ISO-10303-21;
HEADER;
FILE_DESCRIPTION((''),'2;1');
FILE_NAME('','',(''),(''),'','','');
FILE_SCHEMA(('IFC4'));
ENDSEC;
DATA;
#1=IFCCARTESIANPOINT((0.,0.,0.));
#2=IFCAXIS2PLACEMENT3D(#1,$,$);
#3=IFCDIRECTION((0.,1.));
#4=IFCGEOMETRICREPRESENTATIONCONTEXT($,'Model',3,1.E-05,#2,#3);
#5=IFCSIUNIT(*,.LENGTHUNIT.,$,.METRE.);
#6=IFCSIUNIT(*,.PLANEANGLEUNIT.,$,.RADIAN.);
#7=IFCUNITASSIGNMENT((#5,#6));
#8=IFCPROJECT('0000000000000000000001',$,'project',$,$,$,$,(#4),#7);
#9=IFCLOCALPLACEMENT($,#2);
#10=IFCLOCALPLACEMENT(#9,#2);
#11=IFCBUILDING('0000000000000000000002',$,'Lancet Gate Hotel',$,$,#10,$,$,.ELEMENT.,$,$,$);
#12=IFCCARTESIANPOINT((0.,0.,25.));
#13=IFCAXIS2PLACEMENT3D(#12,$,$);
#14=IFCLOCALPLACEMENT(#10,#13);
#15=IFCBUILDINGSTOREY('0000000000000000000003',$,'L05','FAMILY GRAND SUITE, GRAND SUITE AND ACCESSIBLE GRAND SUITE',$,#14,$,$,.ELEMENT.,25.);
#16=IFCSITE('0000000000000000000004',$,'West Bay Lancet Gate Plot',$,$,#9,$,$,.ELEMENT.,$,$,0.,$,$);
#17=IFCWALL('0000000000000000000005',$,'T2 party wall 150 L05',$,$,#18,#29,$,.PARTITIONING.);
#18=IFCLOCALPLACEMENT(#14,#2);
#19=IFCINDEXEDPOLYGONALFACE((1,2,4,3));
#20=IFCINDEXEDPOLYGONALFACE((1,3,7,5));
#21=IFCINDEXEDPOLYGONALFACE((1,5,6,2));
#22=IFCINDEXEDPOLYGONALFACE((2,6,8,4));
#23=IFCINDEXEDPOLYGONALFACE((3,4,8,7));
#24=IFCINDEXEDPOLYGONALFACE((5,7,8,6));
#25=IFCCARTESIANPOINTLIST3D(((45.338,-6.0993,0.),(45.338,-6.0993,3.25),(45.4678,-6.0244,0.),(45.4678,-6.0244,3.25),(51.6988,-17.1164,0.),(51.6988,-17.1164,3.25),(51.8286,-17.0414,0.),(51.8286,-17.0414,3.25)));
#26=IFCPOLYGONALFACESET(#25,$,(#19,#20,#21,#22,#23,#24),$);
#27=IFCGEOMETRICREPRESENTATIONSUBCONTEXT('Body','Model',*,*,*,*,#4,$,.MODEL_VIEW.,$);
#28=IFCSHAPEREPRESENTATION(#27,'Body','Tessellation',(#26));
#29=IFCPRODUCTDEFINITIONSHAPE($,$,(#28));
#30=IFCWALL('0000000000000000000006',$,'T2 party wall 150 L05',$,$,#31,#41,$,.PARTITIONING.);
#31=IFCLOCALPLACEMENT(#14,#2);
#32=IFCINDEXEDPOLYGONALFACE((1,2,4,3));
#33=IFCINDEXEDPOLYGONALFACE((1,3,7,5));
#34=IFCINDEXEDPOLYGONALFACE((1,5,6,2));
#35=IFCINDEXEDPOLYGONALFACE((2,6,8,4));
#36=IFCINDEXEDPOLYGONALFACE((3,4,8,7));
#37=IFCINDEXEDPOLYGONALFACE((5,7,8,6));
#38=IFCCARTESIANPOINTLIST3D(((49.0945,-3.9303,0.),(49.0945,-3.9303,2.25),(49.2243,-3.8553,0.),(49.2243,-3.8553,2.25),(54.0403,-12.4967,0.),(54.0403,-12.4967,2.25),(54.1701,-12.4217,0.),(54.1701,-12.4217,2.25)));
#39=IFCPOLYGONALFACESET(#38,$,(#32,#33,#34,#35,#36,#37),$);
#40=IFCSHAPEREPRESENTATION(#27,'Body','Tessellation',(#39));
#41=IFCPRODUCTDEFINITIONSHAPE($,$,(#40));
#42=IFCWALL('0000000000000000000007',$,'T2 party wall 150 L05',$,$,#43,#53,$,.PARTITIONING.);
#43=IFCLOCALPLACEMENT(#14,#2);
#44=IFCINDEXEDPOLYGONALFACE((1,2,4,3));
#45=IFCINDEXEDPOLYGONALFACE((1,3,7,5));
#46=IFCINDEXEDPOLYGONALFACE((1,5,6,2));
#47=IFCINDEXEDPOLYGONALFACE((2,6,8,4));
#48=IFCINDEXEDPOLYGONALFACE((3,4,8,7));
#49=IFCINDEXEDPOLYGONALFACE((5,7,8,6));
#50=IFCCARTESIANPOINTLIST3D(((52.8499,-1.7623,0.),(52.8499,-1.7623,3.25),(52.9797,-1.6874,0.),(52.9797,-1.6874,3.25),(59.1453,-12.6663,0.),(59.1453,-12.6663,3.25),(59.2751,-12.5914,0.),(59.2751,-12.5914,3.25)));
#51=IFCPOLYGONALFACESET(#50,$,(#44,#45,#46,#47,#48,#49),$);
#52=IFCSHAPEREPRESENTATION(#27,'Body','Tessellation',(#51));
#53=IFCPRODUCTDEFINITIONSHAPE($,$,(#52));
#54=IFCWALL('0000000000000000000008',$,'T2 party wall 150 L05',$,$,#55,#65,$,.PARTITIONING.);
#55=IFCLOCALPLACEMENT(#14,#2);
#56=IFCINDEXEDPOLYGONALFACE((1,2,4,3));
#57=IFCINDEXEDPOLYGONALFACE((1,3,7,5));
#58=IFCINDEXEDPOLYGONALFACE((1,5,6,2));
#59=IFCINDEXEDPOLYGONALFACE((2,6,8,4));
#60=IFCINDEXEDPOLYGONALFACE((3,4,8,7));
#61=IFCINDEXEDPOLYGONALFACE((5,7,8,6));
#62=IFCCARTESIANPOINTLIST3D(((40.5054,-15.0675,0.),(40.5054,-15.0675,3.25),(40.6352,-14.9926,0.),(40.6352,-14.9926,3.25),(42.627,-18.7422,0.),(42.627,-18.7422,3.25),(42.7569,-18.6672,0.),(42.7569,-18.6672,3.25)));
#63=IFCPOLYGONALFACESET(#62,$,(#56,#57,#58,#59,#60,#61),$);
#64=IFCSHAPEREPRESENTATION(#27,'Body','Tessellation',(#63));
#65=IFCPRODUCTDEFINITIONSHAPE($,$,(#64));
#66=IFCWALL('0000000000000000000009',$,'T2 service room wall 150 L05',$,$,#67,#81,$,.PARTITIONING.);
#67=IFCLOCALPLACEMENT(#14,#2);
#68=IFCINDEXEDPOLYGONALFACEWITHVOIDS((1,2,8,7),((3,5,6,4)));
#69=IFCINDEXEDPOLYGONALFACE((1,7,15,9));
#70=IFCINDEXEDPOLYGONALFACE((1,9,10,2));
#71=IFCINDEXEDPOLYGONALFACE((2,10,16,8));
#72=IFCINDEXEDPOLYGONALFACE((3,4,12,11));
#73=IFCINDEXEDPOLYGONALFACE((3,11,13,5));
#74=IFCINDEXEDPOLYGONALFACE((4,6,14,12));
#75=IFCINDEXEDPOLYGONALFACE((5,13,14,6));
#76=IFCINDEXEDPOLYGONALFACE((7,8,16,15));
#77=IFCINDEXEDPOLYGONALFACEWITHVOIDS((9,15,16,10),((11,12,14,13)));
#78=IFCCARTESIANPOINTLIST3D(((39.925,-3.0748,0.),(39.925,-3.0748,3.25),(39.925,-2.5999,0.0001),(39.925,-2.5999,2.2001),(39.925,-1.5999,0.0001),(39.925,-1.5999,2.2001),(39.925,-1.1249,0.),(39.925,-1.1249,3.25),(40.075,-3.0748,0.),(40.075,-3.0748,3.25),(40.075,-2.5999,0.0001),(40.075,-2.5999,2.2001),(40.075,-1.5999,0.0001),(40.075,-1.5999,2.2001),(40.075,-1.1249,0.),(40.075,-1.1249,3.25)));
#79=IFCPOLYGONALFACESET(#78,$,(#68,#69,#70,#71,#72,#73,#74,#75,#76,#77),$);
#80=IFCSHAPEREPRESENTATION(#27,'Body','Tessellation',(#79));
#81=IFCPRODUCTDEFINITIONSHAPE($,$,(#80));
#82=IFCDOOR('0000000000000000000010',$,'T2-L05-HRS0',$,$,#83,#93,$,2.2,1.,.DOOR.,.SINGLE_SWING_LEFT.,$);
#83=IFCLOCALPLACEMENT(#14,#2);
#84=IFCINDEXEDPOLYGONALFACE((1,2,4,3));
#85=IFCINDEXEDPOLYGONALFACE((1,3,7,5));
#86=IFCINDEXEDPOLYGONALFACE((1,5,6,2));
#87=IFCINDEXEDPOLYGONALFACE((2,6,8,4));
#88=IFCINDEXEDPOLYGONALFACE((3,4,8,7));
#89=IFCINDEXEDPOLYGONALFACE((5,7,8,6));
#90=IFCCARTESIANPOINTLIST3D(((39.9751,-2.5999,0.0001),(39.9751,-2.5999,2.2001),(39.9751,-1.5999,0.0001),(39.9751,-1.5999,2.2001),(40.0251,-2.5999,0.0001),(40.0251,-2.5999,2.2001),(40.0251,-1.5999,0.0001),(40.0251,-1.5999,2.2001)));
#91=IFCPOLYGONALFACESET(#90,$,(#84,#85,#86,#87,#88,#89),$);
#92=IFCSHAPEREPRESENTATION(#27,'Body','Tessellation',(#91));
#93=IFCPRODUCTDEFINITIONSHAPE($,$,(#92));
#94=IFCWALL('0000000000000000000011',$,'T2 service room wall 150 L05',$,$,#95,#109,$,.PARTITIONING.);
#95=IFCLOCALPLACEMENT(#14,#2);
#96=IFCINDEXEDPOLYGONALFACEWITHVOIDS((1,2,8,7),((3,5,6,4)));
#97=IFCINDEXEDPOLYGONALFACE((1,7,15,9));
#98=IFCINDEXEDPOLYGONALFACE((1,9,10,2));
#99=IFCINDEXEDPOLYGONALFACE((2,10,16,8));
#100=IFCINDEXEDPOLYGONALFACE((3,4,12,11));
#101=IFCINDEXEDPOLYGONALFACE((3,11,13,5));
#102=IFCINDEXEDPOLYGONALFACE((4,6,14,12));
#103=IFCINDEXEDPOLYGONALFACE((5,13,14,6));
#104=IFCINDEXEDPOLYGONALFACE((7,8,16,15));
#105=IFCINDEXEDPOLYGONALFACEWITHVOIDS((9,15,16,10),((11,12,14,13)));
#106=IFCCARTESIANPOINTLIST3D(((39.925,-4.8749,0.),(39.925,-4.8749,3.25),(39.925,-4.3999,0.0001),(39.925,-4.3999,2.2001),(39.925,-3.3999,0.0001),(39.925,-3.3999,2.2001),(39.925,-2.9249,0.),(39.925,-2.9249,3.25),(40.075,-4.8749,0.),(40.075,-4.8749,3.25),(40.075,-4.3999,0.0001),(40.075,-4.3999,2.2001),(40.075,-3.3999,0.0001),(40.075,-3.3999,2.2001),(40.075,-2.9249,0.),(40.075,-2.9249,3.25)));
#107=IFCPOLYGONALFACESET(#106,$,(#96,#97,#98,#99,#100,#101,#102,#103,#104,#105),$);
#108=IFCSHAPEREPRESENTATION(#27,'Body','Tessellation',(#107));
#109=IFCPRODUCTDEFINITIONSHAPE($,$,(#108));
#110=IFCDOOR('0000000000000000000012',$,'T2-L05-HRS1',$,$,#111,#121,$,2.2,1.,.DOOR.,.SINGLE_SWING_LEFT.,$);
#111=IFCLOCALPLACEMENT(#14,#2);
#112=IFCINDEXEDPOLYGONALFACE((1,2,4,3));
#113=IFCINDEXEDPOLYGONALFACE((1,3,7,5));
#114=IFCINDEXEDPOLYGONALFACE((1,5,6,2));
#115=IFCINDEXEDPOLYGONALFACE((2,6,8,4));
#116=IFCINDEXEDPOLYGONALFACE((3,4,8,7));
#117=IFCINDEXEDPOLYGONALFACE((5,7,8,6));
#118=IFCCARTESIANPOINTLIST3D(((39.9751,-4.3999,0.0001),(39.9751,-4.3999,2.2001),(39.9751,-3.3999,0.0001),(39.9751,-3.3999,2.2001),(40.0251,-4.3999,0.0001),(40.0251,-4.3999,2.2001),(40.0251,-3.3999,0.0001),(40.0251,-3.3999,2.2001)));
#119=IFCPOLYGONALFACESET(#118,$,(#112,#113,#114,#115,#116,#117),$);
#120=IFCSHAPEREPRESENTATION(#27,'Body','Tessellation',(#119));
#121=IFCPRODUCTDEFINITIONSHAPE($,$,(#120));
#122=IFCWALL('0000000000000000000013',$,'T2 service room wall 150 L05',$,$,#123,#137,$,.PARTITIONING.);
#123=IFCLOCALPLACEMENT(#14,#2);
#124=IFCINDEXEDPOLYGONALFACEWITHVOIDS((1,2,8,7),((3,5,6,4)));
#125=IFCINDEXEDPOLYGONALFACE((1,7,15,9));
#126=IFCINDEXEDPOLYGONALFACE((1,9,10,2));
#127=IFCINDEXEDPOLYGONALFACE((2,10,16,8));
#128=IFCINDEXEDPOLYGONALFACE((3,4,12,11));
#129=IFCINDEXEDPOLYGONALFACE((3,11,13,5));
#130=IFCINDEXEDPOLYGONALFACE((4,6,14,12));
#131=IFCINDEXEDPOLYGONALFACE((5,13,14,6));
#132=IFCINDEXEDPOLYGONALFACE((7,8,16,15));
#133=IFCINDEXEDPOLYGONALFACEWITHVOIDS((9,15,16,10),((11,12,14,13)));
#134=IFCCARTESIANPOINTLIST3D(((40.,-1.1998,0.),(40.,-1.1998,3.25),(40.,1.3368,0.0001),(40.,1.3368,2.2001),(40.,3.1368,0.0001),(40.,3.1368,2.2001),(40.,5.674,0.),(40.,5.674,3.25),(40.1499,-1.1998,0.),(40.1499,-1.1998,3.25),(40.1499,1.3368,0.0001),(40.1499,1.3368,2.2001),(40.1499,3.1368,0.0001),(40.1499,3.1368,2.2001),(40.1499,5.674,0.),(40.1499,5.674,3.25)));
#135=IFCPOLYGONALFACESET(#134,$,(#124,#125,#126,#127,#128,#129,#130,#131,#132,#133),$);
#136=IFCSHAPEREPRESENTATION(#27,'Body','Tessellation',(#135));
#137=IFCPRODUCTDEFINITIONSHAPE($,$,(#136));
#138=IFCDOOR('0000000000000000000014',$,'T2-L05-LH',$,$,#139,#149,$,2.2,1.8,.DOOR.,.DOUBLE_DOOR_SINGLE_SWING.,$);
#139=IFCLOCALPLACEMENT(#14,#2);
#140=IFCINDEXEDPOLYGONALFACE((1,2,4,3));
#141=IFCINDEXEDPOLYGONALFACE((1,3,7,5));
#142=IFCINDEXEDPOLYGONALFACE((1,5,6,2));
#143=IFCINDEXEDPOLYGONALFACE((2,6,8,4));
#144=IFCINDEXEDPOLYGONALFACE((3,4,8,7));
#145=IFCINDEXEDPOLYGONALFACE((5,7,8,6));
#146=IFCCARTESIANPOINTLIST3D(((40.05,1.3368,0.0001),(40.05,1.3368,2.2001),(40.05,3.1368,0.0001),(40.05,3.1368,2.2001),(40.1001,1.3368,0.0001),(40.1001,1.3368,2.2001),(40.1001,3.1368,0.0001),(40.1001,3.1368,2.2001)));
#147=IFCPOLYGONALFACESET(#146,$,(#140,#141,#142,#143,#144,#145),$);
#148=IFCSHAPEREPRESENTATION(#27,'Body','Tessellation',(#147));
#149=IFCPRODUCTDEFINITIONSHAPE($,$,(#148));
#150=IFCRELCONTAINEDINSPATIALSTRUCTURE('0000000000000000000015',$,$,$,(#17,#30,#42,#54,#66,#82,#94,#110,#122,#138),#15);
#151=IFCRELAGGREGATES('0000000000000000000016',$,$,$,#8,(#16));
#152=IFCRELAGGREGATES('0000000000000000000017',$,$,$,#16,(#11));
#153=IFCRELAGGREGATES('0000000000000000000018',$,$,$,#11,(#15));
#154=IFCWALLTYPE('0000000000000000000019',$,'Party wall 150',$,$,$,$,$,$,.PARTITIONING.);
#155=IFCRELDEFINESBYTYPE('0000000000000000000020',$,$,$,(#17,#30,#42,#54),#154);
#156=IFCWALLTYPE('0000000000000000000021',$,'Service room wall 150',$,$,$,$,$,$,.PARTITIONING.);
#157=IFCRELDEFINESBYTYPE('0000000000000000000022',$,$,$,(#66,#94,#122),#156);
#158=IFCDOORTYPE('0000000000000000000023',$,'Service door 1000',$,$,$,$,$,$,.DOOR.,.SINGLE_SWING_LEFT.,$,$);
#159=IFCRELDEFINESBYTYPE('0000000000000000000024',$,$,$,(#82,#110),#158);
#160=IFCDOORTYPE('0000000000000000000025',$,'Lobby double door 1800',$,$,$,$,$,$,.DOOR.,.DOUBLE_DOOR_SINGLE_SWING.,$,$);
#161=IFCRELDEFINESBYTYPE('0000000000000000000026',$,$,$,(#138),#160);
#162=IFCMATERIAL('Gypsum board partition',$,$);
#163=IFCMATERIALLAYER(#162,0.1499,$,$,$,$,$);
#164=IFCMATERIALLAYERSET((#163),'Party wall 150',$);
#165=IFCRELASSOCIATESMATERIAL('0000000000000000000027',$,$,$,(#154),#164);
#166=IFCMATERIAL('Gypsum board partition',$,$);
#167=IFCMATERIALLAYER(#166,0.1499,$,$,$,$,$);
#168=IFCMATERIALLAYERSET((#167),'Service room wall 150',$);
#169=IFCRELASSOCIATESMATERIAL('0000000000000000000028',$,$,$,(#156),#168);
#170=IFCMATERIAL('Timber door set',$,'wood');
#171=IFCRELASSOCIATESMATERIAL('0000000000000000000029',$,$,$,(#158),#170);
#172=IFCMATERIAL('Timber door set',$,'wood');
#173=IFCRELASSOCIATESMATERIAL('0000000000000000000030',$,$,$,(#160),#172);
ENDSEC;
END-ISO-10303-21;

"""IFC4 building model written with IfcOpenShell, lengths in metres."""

from ifc_helpers import new_model, si_unit, direction, frame, frame_2d, origin, place, context, subcontext, project, spatial, rectangle, extrude, material, layer, layer_set, type_object, element, fill, save


model = new_model("IFC4")

# Units and contexts
model_context = context("Model", 3, precision=1e-05, world=origin(), true_north=direction((0.0, 1.0)))
body_context = subcontext(model_context, "Body", "Model", "MODEL_VIEW")
ifc_project = project(units=[si_unit("LENGTHUNIT", "METRE"), si_unit("PLANEANGLEUNIT", "RADIAN")], contexts=[model_context])

# Site, building, storey
site_placement = place(None, origin())
site = spatial("IfcSite", under=ifc_project, at=site_placement, Name="West Bay Lancet Gate Plot", CompositionType="ELEMENT", RefElevation=0.0)
building_placement = place(site_placement, origin())
building = spatial("IfcBuilding", under=site, at=building_placement, Name="Lancet Gate Hotel", CompositionType="ELEMENT")
storey_placement = place(building_placement, frame((0.0, 0.0, 25.0)))
storey = spatial("IfcBuildingStorey", under=building, at=storey_placement, Name="L05", Description="FAMILY GRAND SUITE, GRAND SUITE AND ACCESSIBLE GRAND SUITE", CompositionType="ELEMENT", Elevation=25.0)

# Walls
ifc_material_1 = material(Name="Gypsum board partition")
ifc_layer_1 = layer(ifc_material_1, 0.1499)
ifc_layer_set_1 = layer_set([ifc_layer_1], Name="Party wall 150")
wall_type_1 = type_object("IfcWallType", Name="Party wall 150", PredefinedType="PARTITIONING", material=ifc_layer_set_1)
wall_1_placement = place(storey_placement, frame((45.4028, -6.0618, 0.0), z_axis=(0.0, 0.0, 1.0), x_axis=(0.500007, -0.866021, 0.0)))
element("IfcWall", 1, at=wall_1_placement, inside=storey, type_object=wall_type_1, Name="T2 party wall 150 L05", PredefinedType="PARTITIONING", context=body_context, shape_type="SweptSolid", body=[
    extrude(rectangle(XDim=12.7214, YDim=0.1499, at=frame_2d((6.3608, 0.0))), origin(), (0.0, 0.0, 1.0), 3.25),
])
wall_2_placement = place(storey_placement, frame((49.1594, -3.8928, 0.0), z_axis=(0.0, 0.0, 1.0), x_axis=(0.499999, -0.866026, 0.0)))
element("IfcWall", 2, at=wall_2_placement, inside=storey, type_object=wall_type_1, Name="T2 party wall 150 L05", PredefinedType="PARTITIONING", context=body_context, shape_type="SweptSolid", body=[
    extrude(rectangle(XDim=9.8916, YDim=0.1499, at=frame_2d((4.9458, 0.0))), origin(), (0.0, 0.0, 1.0), 2.25),
])
wall_3_placement = place(storey_placement, frame((52.9148, -1.7249, 0.0), z_axis=(0.0, 0.0, 1.0), x_axis=(0.499997, -0.866027, 0.0)))
element("IfcWall", 3, at=wall_3_placement, inside=storey, type_object=wall_type_1, Name="T2 party wall 150 L05", PredefinedType="PARTITIONING", context=body_context, shape_type="SweptSolid", body=[
    extrude(rectangle(XDim=12.5908, YDim=0.1499, at=frame_2d((6.2954, 0.0))), origin(), (0.0, 0.0, 1.0), 3.25),
])
wall_4_placement = place(storey_placement, frame((40.5703, -15.03, 0.0), z_axis=(0.0, 0.0, 1.0), x_axis=(0.500013, -0.866018, 0.0)))
element("IfcWall", 4, at=wall_4_placement, inside=storey, type_object=wall_type_1, Name="T2 party wall 150 L05", PredefinedType="PARTITIONING", context=body_context, shape_type="SweptSolid", body=[
    extrude(rectangle(XDim=4.2432, YDim=0.1499, at=frame_2d((2.1216, 0.0))), origin(), (0.0, 0.0, 1.0), 3.25),
])

# Walls, openings, doors
ifc_material_2 = material(Name="Gypsum board partition")
ifc_layer_2 = layer(ifc_material_2, 0.1499)
ifc_layer_set_2 = layer_set([ifc_layer_2], Name="Service room wall 150")
wall_type_2 = type_object("IfcWallType", Name="Service room wall 150", PredefinedType="PARTITIONING", material=ifc_layer_set_2)
wall_5_placement = place(storey_placement, frame((40.0, -3.075, 0.0), z_axis=(0.0, 0.0, 1.0), x_axis=(0.0, 1.0, 0.0)))
wall_5 = element("IfcWall", 5, at=wall_5_placement, inside=storey, type_object=wall_type_2, Name="T2 service room wall 150 L05", PredefinedType="PARTITIONING", context=body_context, shape_type="SweptSolid", body=[
    extrude(rectangle(XDim=1.95, YDim=0.1499, at=frame_2d((0.9751, 0.0))), origin(), (0.0, 0.0, 1.0), 3.25),
])
opening_1_placement = place(wall_5_placement, frame((0.4751, 0.0, 0.0)))
opening_1 = element("IfcOpeningElement", 6, at=opening_1_placement, cuts=wall_5, PredefinedType="OPENING", context=body_context, shape_type="SweptSolid", body=[
    extrude(rectangle(XDim=1.0, YDim=2.2, at=frame_2d((0.5, 1.1001))), frame((0.0, 0.085, 0.0), z_axis=(0.0, -1.0, 0.0), x_axis=(1.0, 0.0, 0.0)), (0.0, 0.0, 1.0), 0.1699),
])
ifc_material_3 = material(Name="Timber door set", Category="wood")
door_type_1 = type_object("IfcDoorType", Name="Service door 1000", OperationType="SINGLE_SWING_LEFT", PredefinedType="DOOR", material=ifc_material_3)
door_1_placement = place(opening_1_placement, origin())
door_1 = element("IfcDoor", 7, at=door_1_placement, inside=storey, type_object=door_type_1, Name="T2-L05-HRS0", OperationType="SINGLE_SWING_LEFT", OverallHeight=2.2, OverallWidth=1.0, PredefinedType="DOOR", context=body_context, shape_type="SweptSolid", body=[
    extrude(rectangle(XDim=1.0, YDim=2.2, at=frame_2d((0.5, 1.1001))), frame((0.0, 0.0249, 0.0), z_axis=(0.0, -1.0, 0.0), x_axis=(1.0, 0.0, 0.0)), (0.0, 0.0, 1.0), 0.05),
])
fill(opening_1, door_1)
wall_6_placement = place(storey_placement, frame((40.0, -4.875, 0.0), z_axis=(0.0, 0.0, 1.0), x_axis=(0.0, 1.0, 0.0)))
wall_6 = element("IfcWall", 8, at=wall_6_placement, inside=storey, type_object=wall_type_2, Name="T2 service room wall 150 L05", PredefinedType="PARTITIONING", context=body_context, shape_type="SweptSolid", body=[
    extrude(rectangle(XDim=1.95, YDim=0.1499, at=frame_2d((0.9751, 0.0))), origin(), (0.0, 0.0, 1.0), 3.25),
])
opening_2_placement = place(wall_6_placement, frame((0.4751, 0.0, 0.0)))
opening_2 = element("IfcOpeningElement", 9, at=opening_2_placement, cuts=wall_6, PredefinedType="OPENING", context=body_context, shape_type="SweptSolid", body=[
    extrude(rectangle(XDim=1.0, YDim=2.2, at=frame_2d((0.5, 1.1001))), frame((0.0, 0.085, 0.0), z_axis=(0.0, -1.0, 0.0), x_axis=(1.0, 0.0, 0.0)), (0.0, 0.0, 1.0), 0.1699),
])
door_2_placement = place(opening_2_placement, origin())
door_2 = element("IfcDoor", 10, at=door_2_placement, inside=storey, type_object=door_type_1, Name="T2-L05-HRS1", OperationType="SINGLE_SWING_LEFT", OverallHeight=2.2, OverallWidth=1.0, PredefinedType="DOOR", context=body_context, shape_type="SweptSolid", body=[
    extrude(rectangle(XDim=1.0, YDim=2.2, at=frame_2d((0.5, 1.1001))), frame((0.0, 0.0249, 0.0), z_axis=(0.0, -1.0, 0.0), x_axis=(1.0, 0.0, 0.0)), (0.0, 0.0, 1.0), 0.05),
])
fill(opening_2, door_2)
wall_7_placement = place(storey_placement, frame((40.075, -1.2, 0.0), z_axis=(0.0, 0.0, 1.0), x_axis=(0.0, 1.0, 0.0)))
wall_7 = element("IfcWall", 11, at=wall_7_placement, inside=storey, type_object=wall_type_2, Name="T2 service room wall 150 L05", PredefinedType="PARTITIONING", context=body_context, shape_type="SweptSolid", body=[
    extrude(rectangle(XDim=6.8738, YDim=0.1499, at=frame_2d((3.437, 0.0))), origin(), (0.0, 0.0, 1.0), 3.25),
])
opening_3_placement = place(wall_7_placement, frame((2.5369, 0.0, 0.0)))
opening_3 = element("IfcOpeningElement", 12, at=opening_3_placement, cuts=wall_7, PredefinedType="OPENING", context=body_context, shape_type="SweptSolid", body=[
    extrude(rectangle(XDim=1.8, YDim=2.2, at=frame_2d((0.8999, 1.1001))), frame((0.0, 0.085, 0.0), z_axis=(0.0, -1.0, 0.0), x_axis=(1.0, 0.0, 0.0)), (0.0, 0.0, 1.0), 0.1699),
])
ifc_material_4 = material(Name="Timber door set", Category="wood")
door_type_2 = type_object("IfcDoorType", Name="Lobby double door 1800", OperationType="DOUBLE_DOOR_SINGLE_SWING", PredefinedType="DOOR", material=ifc_material_4)
door_3_placement = place(opening_3_placement, origin())
door_3 = element("IfcDoor", 13, at=door_3_placement, inside=storey, type_object=door_type_2, Name="T2-L05-LH", OperationType="DOUBLE_DOOR_SINGLE_SWING", OverallHeight=2.2, OverallWidth=1.8, PredefinedType="DOOR", context=body_context, shape_type="SweptSolid", body=[
    extrude(rectangle(XDim=1.8, YDim=2.2, at=frame_2d((0.8999, 1.1001))), frame((0.0, 0.0249, 0.0), z_axis=(0.0, -1.0, 0.0), x_axis=(1.0, 0.0, 0.0)), (0.0, 0.0, 1.0), 0.05),
])
fill(opening_3, door_3)

save(model, "model.ifc")
